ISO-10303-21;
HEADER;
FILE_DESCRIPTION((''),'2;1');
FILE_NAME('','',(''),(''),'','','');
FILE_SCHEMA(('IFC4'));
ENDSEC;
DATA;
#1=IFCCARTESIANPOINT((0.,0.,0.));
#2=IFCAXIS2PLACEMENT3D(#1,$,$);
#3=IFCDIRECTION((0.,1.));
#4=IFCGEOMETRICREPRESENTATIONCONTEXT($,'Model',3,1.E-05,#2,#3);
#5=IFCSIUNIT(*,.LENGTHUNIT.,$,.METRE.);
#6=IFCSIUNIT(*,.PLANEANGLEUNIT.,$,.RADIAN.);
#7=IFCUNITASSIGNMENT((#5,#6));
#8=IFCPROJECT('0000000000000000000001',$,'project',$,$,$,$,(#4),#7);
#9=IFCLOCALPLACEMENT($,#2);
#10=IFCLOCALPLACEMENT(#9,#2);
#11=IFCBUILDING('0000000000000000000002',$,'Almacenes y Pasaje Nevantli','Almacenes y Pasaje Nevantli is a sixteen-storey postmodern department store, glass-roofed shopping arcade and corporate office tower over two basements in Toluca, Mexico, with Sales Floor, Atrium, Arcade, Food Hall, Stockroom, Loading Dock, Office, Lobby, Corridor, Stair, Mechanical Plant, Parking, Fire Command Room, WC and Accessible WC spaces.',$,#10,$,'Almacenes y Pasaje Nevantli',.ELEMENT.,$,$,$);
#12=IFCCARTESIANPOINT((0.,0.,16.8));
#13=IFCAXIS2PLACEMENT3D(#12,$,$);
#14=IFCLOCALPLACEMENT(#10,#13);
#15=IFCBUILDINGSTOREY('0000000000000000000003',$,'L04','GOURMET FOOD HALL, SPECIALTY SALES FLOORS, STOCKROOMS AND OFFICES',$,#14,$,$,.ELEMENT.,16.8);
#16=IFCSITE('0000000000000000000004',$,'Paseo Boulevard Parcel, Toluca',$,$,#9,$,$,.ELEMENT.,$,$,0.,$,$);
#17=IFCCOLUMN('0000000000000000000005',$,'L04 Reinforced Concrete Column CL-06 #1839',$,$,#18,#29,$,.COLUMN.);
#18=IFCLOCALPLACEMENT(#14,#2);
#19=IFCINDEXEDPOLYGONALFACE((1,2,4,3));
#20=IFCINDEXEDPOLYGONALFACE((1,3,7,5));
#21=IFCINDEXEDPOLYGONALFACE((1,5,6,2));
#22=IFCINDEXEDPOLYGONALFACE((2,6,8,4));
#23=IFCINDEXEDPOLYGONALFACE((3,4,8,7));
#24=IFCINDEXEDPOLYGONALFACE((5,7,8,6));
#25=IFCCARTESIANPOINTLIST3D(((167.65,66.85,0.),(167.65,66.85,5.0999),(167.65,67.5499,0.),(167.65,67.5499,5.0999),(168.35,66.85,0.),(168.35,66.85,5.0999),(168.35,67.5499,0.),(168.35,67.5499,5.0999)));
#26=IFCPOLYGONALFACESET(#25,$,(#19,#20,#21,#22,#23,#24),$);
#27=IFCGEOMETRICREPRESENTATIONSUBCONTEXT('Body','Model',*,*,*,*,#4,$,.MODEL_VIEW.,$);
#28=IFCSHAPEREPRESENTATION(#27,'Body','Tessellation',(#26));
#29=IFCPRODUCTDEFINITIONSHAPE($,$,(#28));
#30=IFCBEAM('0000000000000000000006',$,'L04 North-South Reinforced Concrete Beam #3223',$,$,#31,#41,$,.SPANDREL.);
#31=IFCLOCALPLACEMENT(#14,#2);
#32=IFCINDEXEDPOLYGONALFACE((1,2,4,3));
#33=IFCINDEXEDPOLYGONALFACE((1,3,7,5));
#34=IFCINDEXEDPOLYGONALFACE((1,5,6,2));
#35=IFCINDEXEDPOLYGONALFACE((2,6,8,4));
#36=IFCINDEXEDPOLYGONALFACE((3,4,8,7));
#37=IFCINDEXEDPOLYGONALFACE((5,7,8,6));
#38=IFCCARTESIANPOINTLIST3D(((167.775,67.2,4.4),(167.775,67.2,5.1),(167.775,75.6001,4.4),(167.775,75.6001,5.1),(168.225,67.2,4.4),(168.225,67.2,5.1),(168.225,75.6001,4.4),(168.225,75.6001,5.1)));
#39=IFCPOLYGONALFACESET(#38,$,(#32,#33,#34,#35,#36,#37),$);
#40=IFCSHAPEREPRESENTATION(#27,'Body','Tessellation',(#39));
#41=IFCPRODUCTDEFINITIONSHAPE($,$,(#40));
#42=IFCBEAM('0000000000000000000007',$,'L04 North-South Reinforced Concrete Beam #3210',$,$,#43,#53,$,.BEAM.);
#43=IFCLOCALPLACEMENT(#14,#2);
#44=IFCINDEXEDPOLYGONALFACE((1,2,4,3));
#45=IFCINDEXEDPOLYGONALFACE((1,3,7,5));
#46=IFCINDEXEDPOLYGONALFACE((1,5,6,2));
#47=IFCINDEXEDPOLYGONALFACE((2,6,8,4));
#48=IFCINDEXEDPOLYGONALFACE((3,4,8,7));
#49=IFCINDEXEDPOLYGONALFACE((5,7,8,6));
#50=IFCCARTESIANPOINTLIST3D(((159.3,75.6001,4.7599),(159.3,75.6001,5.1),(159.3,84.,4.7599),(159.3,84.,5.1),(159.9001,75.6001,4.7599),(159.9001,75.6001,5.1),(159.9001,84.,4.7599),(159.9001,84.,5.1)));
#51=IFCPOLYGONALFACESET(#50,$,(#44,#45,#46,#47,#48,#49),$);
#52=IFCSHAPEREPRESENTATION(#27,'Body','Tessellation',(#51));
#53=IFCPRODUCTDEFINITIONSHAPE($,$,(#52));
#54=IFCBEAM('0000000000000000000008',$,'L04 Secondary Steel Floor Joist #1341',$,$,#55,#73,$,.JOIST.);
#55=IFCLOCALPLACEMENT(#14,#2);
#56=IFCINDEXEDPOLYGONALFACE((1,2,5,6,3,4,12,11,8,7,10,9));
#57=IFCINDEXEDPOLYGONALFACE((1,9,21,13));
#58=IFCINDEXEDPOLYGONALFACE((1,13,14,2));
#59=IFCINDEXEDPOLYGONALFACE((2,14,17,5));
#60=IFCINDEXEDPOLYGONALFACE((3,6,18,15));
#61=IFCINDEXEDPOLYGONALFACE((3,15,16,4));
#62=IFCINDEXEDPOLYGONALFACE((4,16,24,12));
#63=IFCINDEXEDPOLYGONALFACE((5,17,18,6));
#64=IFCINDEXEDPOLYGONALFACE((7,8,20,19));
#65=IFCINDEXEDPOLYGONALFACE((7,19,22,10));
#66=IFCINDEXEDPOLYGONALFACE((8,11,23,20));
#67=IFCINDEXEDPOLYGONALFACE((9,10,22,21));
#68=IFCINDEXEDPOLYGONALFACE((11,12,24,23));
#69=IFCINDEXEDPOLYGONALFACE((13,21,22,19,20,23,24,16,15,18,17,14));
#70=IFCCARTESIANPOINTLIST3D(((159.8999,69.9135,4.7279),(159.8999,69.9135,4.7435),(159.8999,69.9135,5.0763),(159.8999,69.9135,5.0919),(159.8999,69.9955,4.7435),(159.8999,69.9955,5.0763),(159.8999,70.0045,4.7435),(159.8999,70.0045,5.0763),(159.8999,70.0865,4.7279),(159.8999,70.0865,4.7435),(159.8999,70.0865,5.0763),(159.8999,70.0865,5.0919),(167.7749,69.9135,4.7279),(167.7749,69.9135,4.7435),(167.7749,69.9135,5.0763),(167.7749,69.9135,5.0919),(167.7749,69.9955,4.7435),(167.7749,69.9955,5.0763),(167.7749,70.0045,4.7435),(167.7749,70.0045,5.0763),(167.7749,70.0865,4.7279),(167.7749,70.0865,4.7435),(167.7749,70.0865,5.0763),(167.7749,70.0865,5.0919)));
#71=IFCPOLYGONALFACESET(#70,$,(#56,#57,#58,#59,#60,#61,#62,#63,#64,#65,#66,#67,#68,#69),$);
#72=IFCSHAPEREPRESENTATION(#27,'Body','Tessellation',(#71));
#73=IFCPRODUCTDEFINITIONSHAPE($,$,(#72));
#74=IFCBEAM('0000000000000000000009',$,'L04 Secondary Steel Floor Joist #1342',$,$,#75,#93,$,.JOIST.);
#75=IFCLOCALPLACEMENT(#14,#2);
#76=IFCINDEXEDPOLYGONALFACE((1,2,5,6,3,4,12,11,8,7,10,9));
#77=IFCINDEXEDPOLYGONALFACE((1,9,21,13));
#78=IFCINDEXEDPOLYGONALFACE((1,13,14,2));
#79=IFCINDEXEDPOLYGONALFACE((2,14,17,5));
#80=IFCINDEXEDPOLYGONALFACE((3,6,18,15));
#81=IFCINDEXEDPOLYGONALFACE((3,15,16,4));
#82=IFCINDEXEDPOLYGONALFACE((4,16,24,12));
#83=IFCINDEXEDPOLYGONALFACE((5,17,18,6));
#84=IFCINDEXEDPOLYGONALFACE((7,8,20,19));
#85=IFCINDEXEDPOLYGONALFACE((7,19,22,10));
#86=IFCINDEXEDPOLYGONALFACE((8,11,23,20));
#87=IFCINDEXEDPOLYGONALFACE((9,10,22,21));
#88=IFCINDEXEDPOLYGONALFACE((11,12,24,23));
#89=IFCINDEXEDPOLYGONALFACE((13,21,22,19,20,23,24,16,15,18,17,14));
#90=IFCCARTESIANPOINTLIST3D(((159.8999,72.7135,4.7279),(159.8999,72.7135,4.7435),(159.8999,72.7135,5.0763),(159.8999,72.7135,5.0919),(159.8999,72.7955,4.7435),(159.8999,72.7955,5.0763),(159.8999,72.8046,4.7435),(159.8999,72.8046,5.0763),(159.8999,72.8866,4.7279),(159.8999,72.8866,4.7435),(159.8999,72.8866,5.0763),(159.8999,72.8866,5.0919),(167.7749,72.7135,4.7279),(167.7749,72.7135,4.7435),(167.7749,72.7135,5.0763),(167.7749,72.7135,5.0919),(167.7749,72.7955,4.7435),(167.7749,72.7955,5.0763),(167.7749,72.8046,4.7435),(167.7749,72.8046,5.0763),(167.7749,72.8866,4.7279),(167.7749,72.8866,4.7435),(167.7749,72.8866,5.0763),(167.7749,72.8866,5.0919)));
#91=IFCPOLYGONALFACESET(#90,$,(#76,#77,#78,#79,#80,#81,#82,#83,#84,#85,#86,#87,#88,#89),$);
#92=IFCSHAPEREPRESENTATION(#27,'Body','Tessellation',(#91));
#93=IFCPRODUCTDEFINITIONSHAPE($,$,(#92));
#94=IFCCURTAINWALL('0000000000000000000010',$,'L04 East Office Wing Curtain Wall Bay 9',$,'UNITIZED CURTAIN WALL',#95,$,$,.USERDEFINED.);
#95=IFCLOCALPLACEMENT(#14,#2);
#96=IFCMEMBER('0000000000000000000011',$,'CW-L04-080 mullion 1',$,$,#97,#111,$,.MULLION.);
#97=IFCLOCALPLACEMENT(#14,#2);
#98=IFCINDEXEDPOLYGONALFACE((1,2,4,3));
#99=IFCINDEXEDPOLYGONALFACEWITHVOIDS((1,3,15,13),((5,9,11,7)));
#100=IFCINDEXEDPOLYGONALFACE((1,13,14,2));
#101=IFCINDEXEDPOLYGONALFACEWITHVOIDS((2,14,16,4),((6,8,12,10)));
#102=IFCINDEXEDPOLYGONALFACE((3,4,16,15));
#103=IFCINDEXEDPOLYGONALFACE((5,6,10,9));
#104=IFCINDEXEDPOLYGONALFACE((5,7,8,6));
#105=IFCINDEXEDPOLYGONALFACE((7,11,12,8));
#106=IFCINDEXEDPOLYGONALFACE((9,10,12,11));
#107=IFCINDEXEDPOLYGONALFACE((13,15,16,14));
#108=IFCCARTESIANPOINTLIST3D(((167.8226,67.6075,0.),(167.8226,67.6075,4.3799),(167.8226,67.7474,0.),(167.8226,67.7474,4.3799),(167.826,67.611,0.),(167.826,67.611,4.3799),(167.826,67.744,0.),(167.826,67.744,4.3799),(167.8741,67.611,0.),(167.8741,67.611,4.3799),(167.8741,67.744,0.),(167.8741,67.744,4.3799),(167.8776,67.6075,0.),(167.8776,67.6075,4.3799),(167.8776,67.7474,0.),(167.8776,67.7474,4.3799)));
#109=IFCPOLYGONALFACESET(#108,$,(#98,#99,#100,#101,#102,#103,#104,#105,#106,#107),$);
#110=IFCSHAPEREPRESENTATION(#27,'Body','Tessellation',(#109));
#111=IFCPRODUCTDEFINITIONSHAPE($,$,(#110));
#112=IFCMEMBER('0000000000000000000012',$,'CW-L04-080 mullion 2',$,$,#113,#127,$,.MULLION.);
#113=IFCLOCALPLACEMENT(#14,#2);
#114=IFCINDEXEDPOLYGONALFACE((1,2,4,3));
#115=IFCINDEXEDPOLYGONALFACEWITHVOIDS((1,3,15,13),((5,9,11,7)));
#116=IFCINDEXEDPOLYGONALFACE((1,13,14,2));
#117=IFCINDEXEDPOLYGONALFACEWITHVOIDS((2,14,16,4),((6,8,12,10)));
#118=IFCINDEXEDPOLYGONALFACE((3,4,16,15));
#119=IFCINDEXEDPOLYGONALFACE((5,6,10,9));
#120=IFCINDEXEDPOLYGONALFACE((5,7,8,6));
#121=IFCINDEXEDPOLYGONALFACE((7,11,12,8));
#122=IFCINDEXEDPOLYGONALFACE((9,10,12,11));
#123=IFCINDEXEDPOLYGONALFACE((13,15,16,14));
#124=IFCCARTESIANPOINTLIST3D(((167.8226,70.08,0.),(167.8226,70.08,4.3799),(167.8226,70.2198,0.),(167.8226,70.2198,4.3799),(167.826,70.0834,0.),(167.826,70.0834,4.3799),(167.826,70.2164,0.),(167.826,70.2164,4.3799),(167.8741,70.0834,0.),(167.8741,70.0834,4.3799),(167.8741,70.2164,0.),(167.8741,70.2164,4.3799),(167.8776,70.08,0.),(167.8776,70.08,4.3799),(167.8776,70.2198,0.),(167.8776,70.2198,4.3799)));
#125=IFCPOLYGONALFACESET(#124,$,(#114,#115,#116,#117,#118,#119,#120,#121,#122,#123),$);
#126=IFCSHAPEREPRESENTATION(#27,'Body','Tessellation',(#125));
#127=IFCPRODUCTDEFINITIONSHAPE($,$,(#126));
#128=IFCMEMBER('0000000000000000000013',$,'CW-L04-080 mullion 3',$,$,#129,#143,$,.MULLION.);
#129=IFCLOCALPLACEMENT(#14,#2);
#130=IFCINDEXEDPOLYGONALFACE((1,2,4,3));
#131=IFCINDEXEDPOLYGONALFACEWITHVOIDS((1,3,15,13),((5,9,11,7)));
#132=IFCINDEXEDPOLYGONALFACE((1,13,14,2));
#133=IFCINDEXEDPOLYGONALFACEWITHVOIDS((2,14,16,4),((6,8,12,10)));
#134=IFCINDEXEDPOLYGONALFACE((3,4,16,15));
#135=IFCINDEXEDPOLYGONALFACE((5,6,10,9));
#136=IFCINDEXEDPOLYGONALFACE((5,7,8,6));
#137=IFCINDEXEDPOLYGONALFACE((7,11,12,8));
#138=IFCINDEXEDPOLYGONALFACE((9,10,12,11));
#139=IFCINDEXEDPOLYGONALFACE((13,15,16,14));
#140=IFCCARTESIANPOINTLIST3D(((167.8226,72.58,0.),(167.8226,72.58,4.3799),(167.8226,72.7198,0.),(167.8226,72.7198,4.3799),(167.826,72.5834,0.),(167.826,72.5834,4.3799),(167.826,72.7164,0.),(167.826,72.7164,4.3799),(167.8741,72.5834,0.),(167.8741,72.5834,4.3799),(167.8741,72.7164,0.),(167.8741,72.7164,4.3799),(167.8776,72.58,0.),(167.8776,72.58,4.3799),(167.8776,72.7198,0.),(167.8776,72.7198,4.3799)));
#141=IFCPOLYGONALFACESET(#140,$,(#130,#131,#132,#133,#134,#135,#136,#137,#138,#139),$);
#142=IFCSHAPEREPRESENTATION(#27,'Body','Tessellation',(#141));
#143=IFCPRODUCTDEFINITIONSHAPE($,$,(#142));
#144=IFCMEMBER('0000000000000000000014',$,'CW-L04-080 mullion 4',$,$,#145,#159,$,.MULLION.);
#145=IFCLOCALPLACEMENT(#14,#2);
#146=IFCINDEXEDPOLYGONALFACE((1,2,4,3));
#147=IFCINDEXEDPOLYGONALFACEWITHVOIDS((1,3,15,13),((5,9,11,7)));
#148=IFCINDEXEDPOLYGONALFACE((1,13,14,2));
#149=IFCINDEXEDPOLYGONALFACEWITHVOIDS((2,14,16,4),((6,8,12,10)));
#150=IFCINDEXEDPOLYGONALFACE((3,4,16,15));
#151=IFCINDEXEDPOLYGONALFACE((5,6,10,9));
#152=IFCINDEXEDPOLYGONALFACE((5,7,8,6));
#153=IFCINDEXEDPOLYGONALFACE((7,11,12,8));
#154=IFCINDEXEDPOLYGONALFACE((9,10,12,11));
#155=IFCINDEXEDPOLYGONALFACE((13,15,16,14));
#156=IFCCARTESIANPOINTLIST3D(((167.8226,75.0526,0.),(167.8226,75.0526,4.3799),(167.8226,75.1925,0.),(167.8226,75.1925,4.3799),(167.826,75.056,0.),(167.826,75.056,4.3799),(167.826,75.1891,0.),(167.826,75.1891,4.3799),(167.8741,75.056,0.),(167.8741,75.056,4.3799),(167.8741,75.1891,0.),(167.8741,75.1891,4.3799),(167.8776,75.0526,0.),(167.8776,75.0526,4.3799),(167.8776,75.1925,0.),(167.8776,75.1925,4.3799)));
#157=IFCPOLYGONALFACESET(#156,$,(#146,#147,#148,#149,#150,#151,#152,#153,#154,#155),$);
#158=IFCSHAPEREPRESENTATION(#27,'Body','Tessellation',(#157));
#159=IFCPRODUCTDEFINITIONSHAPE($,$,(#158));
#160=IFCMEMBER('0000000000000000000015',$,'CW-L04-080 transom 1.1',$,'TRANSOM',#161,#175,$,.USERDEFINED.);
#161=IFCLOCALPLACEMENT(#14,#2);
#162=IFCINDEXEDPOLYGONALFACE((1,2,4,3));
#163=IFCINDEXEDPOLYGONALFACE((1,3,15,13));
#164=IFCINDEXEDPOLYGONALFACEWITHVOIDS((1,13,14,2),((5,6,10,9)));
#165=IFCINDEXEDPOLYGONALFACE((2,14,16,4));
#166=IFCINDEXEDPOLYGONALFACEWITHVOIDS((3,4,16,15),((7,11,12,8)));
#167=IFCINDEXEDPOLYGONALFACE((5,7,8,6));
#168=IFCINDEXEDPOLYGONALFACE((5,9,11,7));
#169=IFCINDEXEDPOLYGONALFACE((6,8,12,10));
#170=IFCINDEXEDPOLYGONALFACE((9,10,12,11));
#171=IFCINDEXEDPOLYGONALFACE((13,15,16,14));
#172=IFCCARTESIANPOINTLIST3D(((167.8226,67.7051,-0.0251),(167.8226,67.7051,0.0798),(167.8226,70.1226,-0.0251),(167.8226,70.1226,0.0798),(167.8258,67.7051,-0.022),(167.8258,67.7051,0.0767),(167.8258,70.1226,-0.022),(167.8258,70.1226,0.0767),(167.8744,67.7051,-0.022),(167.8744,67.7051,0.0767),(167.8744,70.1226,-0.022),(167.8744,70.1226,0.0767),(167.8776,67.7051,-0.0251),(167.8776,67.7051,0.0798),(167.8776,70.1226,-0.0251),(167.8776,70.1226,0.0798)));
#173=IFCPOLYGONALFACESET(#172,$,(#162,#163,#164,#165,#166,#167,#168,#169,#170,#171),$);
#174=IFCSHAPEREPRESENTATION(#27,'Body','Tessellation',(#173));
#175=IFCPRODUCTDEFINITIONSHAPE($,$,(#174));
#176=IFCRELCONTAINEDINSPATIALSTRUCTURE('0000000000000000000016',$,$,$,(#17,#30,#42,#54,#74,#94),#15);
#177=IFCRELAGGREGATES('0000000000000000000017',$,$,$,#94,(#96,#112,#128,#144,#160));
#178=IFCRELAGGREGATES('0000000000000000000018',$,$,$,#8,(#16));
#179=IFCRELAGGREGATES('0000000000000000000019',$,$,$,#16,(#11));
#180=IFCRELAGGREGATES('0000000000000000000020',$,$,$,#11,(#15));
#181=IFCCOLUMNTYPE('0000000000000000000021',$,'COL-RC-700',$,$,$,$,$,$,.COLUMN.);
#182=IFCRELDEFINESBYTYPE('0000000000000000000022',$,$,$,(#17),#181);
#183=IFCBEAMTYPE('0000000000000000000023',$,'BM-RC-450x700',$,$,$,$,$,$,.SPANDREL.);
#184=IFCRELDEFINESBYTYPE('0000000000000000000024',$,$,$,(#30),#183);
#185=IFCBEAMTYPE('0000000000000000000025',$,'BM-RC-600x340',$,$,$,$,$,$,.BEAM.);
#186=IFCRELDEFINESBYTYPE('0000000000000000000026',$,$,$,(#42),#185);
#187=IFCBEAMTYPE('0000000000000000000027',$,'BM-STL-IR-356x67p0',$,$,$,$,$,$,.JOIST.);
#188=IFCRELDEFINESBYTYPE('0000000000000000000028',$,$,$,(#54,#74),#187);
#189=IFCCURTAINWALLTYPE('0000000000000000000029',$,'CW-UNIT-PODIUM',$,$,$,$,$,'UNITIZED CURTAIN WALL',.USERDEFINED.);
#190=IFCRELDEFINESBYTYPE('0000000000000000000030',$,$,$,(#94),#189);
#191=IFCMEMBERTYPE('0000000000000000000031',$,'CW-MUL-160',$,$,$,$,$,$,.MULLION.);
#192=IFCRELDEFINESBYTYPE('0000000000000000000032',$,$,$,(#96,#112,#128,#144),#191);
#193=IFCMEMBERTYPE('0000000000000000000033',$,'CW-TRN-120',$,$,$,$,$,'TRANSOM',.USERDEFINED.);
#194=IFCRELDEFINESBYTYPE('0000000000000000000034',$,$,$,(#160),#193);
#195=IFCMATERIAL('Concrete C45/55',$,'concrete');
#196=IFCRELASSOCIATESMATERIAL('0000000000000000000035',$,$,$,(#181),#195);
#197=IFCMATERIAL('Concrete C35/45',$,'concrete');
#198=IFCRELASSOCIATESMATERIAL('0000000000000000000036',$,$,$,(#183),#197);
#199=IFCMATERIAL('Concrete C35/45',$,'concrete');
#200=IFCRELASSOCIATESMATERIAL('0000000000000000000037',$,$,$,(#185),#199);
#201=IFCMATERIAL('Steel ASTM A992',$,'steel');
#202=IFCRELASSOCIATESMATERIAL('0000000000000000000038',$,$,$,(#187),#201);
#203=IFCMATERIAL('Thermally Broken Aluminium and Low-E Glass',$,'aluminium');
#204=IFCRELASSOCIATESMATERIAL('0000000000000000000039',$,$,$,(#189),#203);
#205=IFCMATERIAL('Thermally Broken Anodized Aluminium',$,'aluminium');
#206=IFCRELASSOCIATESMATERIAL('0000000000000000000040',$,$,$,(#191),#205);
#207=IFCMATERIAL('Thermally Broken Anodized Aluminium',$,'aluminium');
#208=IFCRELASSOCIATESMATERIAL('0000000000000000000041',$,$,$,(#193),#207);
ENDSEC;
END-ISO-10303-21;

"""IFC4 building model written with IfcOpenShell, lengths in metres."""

from ifc_helpers import new_model, si_unit, direction, frame, origin, origin_2d, place, context, subcontext, project, spatial, rectangle, hollow_rectangle, i_section, extrude, material, material_profile, profile_set, type_object, element, aggregate, save


model = new_model("IFC4")

# Units and contexts
model_context = context("Model", 3, precision=1e-05, world=origin(), true_north=direction((0.0, 1.0)))
body_context = subcontext(model_context, "Body", "Model", "MODEL_VIEW")
ifc_project = project(units=[si_unit("LENGTHUNIT", "METRE"), si_unit("PLANEANGLEUNIT", "RADIAN")], contexts=[model_context])

# Site, building, storey
site_placement = place(None, origin())
site = spatial("IfcSite", under=ifc_project, at=site_placement, Name="Paseo Boulevard Parcel, Toluca", CompositionType="ELEMENT", RefElevation=0.0)
building_placement = place(site_placement, origin())
building = spatial("IfcBuilding", under=site, at=building_placement, Name="Almacenes y Pasaje Nevantli", Description="Almacenes y Pasaje Nevantli is a sixteen-storey postmodern department store, glass-roofed shopping arcade and corporate office tower over two basements in Toluca, Mexico, with Sales Floor, Atrium, Arcade, Food Hall, Stockroom, Loading Dock, Office, Lobby, Corridor, Stair, Mechanical Plant, Parking, Fire Command Room, WC and Accessible WC spaces.", LongName="Almacenes y Pasaje Nevantli", CompositionType="ELEMENT")
storey_placement = place(building_placement, frame((0.0, 0.0, 16.8)))
storey = spatial("IfcBuildingStorey", under=building, at=storey_placement, Name="L04", Description="GOURMET FOOD HALL, SPECIALTY SALES FLOORS, STOCKROOMS AND OFFICES", CompositionType="ELEMENT", Elevation=16.8)

# Column
ifc_material_1 = material(Name="Concrete C45/55", Category="concrete")
ifc_material_profile_1 = material_profile(ifc_material_1, rectangle(XDim=0.7, YDim=0.7, at=origin_2d()), Name="RC-COL-700x700")
ifc_profile_set_1 = profile_set([ifc_material_profile_1], Name="Concrete C45/55")
column_type = type_object("IfcColumnType", Name="COL-RC-700", PredefinedType="COLUMN", material=ifc_profile_set_1)
column_placement = place(storey_placement, frame((168.0, 67.2, 0.0), z_axis=(0.0, 0.0, 1.0), x_axis=(1.0, 0.0, 0.0)))
element("IfcColumn", 1, at=column_placement, inside=storey, type_object=column_type, Name="L04 Reinforced Concrete Column CL-06 #1839", PredefinedType="COLUMN", context=body_context, shape_type="SweptSolid", body=[
    extrude(rectangle(XDim=0.7, YDim=0.7, at=origin_2d()), origin(), (0.0, 0.0, 1.0), 5.0999),
])

# Beams
ifc_material_2 = material(Name="Concrete C35/45", Category="concrete")
ifc_material_profile_2 = material_profile(ifc_material_2, rectangle(XDim=0.45, YDim=0.7, at=origin_2d()), Name="RC-BM-450x700")
ifc_profile_set_2 = profile_set([ifc_material_profile_2], Name="Concrete C35/45")
beam_type_1 = type_object("IfcBeamType", Name="BM-RC-450x700", PredefinedType="SPANDREL", material=ifc_profile_set_2)
beam_1_placement = place(storey_placement, frame((168.0, 67.2, 4.75), z_axis=(0.0, 1.0, 0.0), x_axis=(-1.0, 0.0, 0.0)))
element("IfcBeam", 2, at=beam_1_placement, inside=storey, type_object=beam_type_1, Name="L04 North-South Reinforced Concrete Beam #3223", PredefinedType="SPANDREL", context=body_context, shape_type="SweptSolid", body=[
    extrude(rectangle(XDim=0.45, YDim=0.7, at=origin_2d()), origin(), (0.0, 0.0, 1.0), 8.4001),
])
ifc_material_3 = material(Name="Concrete C35/45", Category="concrete")
ifc_material_profile_3 = material_profile(ifc_material_3, rectangle(XDim=0.6001, YDim=0.3401, at=origin_2d()), Name="RC-BM-600x340")
ifc_profile_set_3 = profile_set([ifc_material_profile_3], Name="Concrete C35/45")
beam_type_2 = type_object("IfcBeamType", Name="BM-RC-600x340", PredefinedType="BEAM", material=ifc_profile_set_3)
beam_2_placement = place(storey_placement, frame((159.6001, 75.6001, 4.9299), z_axis=(0.0, 1.0, 0.0), x_axis=(-1.0, 0.0, 0.0)))
element("IfcBeam", 3, at=beam_2_placement, inside=storey, type_object=beam_type_2, Name="L04 North-South Reinforced Concrete Beam #3210", PredefinedType="BEAM", context=body_context, shape_type="SweptSolid", body=[
    extrude(rectangle(XDim=0.6001, YDim=0.3401, at=origin_2d()), origin(), (0.0, 0.0, 1.0), 8.3999),
])
ifc_material_4 = material(Name="Steel ASTM A992", Category="steel")
ifc_material_profile_4 = material_profile(ifc_material_4, i_section(OverallWidth=0.1731, OverallDepth=0.364, WebThickness=0.009, FlangeThickness=0.0156, at=origin_2d()), Name="IR 356x67.0")
ifc_profile_set_4 = profile_set([ifc_material_profile_4], Name="Steel ASTM A992")
beam_type_3 = type_object("IfcBeamType", Name="BM-STL-IR-356x67p0", PredefinedType="JOIST", material=ifc_profile_set_4)
for number, where, z_axis, x_axis, name in (
    (4, (159.8999, 70.0, 4.9099), (1.0, 0.0, 0.0), (0.0, 1.0, 0.0), "L04 Secondary Steel Floor Joist #1341"),
    (5, (159.8999, 72.8, 4.9099), (1.0, 0.0, 0.0), (0.0, 1.0, 0.0), "L04 Secondary Steel Floor Joist #1342"),
):
    element("IfcBeam", number, at=place(storey_placement, frame(where, z_axis=z_axis, x_axis=x_axis)), inside=storey, type_object=beam_type_3, Name=name, PredefinedType="JOIST", context=body_context, shape_type="SweptSolid", body=[
        extrude(i_section(OverallWidth=0.1731, OverallDepth=0.364, WebThickness=0.009, FlangeThickness=0.0156, at=origin_2d()), origin(), (0.0, 0.0, 1.0), 7.875),
    ])

# Curtain wall, members
ifc_material_5 = material(Name="Thermally Broken Aluminium and Low-E Glass", Category="aluminium")
curtain_wall_type = type_object("IfcCurtainWallType", Name="CW-UNIT-PODIUM", ElementType="UNITIZED CURTAIN WALL", PredefinedType="USERDEFINED", material=ifc_material_5)
curtain_wall_placement = place(storey_placement, origin())
curtain_wall = element("IfcCurtainWall", 6, at=curtain_wall_placement, inside=storey, type_object=curtain_wall_type, Name="L04 East Office Wing Curtain Wall Bay 9", ObjectType="UNITIZED CURTAIN WALL", PredefinedType="USERDEFINED")
ifc_material_6 = material(Name="Thermally Broken Anodized Aluminium", Category="aluminium")
ifc_material_profile_5 = material_profile(ifc_material_6, hollow_rectangle(XDim=0.0549, YDim=0.1399, WallThickness=0.0034, at=origin_2d()), Name="ALU-MUL-55x140")
ifc_profile_set_5 = profile_set([ifc_material_profile_5], Name="Thermally Broken Anodized Aluminium")
member_type_1 = type_object("IfcMemberType", Name="CW-MUL-160", PredefinedType="MULLION", material=ifc_profile_set_5)
member_1_placement = place(storey_placement, frame((167.8501, 67.6775, 0.0), z_axis=(0.0, 0.0, 1.0), x_axis=(-1.0, 0.0, 0.0)))
member_1 = element("IfcMember", 7, at=member_1_placement, type_object=member_type_1, Name="CW-L04-080 mullion 1", PredefinedType="MULLION", context=body_context, shape_type="SweptSolid", body=[
    extrude(hollow_rectangle(XDim=0.0549, YDim=0.1399, WallThickness=0.0034, at=origin_2d()), origin(), (0.0, 0.0, 1.0), 4.3799),
])
member_2_placement = place(storey_placement, frame((167.8501, 70.1499, 0.0), z_axis=(0.0, 0.0, 1.0), x_axis=(-1.0, 0.0, 0.0)))
member_2 = element("IfcMember", 8, at=member_2_placement, type_object=member_type_1, Name="CW-L04-080 mullion 2", PredefinedType="MULLION", context=body_context, shape_type="SweptSolid", body=[
    extrude(hollow_rectangle(XDim=0.0549, YDim=0.1399, WallThickness=0.0034, at=origin_2d()), origin(), (0.0, 0.0, 1.0), 4.3799),
])
member_3_placement = place(storey_placement, frame((167.8501, 72.6499, 0.0), z_axis=(0.0, 0.0, 1.0), x_axis=(-1.0, 0.0, 0.0)))
member_3 = element("IfcMember", 9, at=member_3_placement, type_object=member_type_1, Name="CW-L04-080 mullion 3", PredefinedType="MULLION", context=body_context, shape_type="SweptSolid", body=[
    extrude(hollow_rectangle(XDim=0.0549, YDim=0.1399, WallThickness=0.0034, at=origin_2d()), origin(), (0.0, 0.0, 1.0), 4.3799),
])
member_4_placement = place(storey_placement, frame((167.8501, 75.1226, 0.0), z_axis=(0.0, 0.0, 1.0), x_axis=(-1.0, 0.0, 0.0)))
member_4 = element("IfcMember", 10, at=member_4_placement, type_object=member_type_1, Name="CW-L04-080 mullion 4", PredefinedType="MULLION", context=body_context, shape_type="SweptSolid", body=[
    extrude(hollow_rectangle(XDim=0.0549, YDim=0.1399, WallThickness=0.0034, at=origin_2d()), origin(), (0.0, 0.0, 1.0), 4.3799),
])
ifc_material_7 = material(Name="Thermally Broken Anodized Aluminium", Category="aluminium")
ifc_material_profile_6 = material_profile(ifc_material_7, hollow_rectangle(XDim=0.0549, YDim=0.105, WallThickness=0.0032, at=origin_2d()), Name="ALU-TRN-55x105")
ifc_profile_set_6 = profile_set([ifc_material_profile_6], Name="Thermally Broken Anodized Aluminium")
member_type_2 = type_object("IfcMemberType", Name="CW-TRN-120", ElementType="TRANSOM", PredefinedType="USERDEFINED", material=ifc_profile_set_6)
member_5_placement = place(storey_placement, frame((167.8501, 67.7051, 0.0273), z_axis=(0.0, 1.0, 0.0), x_axis=(-1.0, 0.0, 0.0)))
member_5 = element("IfcMember", 11, at=member_5_placement, type_object=member_type_2, Name="CW-L04-080 transom 1.1", ObjectType="TRANSOM", PredefinedType="USERDEFINED", context=body_context, shape_type="SweptSolid", body=[
    extrude(hollow_rectangle(XDim=0.0549, YDim=0.105, WallThickness=0.0032, at=origin_2d()), origin(), (0.0, 0.0, 1.0), 2.4175),
])
aggregate(curtain_wall, [member_1, member_2, member_3, member_4, member_5])

save(model, "model.ifc")
